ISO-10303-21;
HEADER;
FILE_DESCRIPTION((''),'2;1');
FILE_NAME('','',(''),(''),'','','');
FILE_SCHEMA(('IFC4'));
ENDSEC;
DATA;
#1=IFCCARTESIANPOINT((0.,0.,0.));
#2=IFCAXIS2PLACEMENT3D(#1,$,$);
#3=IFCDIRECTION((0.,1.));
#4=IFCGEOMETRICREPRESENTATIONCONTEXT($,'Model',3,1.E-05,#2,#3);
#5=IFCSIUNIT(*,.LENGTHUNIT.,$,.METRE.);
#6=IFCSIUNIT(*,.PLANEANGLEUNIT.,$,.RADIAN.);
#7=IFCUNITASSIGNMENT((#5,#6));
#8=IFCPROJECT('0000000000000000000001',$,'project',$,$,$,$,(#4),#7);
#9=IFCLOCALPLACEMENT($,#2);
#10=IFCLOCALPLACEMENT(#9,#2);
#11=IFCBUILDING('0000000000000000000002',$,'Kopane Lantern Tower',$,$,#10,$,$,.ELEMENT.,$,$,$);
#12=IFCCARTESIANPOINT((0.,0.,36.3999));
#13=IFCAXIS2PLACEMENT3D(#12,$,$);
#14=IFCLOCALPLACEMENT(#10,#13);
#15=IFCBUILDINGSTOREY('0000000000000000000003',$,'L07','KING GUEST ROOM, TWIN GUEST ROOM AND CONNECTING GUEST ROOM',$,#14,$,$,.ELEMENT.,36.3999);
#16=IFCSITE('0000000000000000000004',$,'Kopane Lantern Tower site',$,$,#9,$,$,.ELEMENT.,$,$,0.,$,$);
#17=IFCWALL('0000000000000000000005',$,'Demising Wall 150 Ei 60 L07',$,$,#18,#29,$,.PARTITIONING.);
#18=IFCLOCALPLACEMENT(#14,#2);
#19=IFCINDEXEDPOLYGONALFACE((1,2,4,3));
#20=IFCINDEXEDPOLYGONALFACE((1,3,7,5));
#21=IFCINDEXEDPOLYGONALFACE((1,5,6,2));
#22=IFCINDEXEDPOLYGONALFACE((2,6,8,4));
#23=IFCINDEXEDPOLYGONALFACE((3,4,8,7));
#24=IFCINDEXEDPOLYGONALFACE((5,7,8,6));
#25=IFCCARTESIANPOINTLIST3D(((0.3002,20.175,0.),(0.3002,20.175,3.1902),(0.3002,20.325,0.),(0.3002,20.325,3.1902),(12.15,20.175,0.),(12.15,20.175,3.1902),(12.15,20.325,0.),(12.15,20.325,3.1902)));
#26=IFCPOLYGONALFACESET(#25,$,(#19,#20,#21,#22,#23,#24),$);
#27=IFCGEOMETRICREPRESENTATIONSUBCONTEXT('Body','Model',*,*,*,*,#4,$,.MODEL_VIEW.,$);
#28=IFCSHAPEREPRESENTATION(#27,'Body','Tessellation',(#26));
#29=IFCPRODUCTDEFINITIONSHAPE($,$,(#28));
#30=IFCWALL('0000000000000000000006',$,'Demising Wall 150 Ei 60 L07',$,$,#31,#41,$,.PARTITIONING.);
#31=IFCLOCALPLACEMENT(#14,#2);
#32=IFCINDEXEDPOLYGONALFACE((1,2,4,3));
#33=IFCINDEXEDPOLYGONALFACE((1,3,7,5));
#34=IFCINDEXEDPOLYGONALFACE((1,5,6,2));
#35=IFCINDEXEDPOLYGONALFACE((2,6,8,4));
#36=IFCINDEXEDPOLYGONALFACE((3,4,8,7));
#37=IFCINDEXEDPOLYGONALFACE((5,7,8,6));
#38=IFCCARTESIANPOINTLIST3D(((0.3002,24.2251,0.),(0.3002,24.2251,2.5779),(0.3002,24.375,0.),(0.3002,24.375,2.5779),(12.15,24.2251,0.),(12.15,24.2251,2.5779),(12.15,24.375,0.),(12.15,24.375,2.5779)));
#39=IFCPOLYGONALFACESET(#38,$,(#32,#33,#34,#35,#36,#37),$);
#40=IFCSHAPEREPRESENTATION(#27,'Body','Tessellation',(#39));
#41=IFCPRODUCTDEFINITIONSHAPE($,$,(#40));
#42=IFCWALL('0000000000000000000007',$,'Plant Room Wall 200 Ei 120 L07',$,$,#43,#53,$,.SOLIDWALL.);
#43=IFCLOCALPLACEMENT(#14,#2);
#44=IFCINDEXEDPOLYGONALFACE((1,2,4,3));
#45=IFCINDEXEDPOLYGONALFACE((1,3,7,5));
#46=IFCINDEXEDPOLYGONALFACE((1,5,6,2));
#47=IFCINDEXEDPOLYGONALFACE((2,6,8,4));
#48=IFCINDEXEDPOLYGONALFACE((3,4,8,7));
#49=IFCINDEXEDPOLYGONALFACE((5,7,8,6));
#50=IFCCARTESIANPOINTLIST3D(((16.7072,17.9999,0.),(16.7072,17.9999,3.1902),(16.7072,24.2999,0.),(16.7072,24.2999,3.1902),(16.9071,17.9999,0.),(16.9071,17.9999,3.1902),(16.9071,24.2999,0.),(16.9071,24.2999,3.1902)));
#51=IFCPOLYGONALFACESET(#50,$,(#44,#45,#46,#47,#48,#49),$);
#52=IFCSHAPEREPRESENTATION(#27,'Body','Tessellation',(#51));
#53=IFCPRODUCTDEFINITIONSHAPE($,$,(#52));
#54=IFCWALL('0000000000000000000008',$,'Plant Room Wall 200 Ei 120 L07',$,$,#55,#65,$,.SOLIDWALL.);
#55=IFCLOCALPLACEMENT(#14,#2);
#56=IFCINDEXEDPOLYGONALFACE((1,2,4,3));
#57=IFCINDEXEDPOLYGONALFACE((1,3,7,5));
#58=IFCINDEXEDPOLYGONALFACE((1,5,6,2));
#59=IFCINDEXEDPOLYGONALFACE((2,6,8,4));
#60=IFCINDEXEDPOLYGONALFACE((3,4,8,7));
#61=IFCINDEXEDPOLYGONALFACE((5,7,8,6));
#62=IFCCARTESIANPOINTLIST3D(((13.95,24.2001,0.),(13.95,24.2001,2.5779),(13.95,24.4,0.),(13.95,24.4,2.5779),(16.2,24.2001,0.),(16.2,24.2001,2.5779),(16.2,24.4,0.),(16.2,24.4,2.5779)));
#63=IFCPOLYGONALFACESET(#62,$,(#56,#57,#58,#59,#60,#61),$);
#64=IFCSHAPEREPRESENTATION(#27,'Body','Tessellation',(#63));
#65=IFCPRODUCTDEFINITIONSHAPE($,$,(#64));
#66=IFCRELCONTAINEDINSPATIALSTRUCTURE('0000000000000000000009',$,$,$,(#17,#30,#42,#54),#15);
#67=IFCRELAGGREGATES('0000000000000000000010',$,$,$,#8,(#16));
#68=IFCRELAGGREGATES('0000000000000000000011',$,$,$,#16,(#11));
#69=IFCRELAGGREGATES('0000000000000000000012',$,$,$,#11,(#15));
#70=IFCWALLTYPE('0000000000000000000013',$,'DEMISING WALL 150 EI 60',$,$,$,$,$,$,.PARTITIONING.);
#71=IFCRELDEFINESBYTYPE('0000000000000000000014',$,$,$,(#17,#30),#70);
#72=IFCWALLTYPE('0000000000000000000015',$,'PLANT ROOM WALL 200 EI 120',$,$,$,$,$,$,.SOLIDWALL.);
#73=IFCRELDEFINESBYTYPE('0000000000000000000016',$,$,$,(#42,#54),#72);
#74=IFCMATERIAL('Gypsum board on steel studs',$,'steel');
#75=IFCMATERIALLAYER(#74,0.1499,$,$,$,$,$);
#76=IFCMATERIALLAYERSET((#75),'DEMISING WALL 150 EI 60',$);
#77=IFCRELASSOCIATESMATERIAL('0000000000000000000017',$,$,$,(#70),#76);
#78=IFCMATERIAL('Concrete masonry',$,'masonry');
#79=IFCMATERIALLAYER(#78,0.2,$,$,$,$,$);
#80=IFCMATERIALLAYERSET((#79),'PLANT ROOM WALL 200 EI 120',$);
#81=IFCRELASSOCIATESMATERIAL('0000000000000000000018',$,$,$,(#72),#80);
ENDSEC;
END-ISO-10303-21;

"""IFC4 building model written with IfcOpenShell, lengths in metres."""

from ifc_helpers import new_model, si_unit, direction, frame, frame_2d, origin, place, context, subcontext, project, spatial, rectangle, extrude, material, layer, layer_set, type_object, element, save


model = new_model("IFC4")

# Units and contexts
model_context = context("Model", 3, precision=1e-05, world=origin(), true_north=direction((0.0, 1.0)))
body_context = subcontext(model_context, "Body", "Model", "MODEL_VIEW")
ifc_project = project(units=[si_unit("LENGTHUNIT", "METRE"), si_unit("PLANEANGLEUNIT", "RADIAN")], contexts=[model_context])

# Site, building, storey
site_placement = place(None, origin())
site = spatial("IfcSite", under=ifc_project, at=site_placement, Name="Kopane Lantern Tower site", CompositionType="ELEMENT", RefElevation=0.0)
building_placement = place(site_placement, origin())
building = spatial("IfcBuilding", under=site, at=building_placement, Name="Kopane Lantern Tower", CompositionType="ELEMENT")
storey_placement = place(building_placement, frame((0.0, 0.0, 36.3999)))
storey = spatial("IfcBuildingStorey", under=building, at=storey_placement, Name="L07", Description="KING GUEST ROOM, TWIN GUEST ROOM AND CONNECTING GUEST ROOM", CompositionType="ELEMENT", Elevation=36.3999)

# Shared definitions
ifc_material_1 = material(Name="Gypsum board on steel studs", Category="steel")
ifc_layer_1 = layer(ifc_material_1, 0.1499)
ifc_layer_set_1 = layer_set([ifc_layer_1], Name="DEMISING WALL 150 EI 60")
wall_type_1 = type_object("IfcWallType", Name="DEMISING WALL 150 EI 60", PredefinedType="PARTITIONING", material=ifc_layer_set_1)

# Walls
wall_1_placement = place(storey_placement, frame((12.1499, 20.25, 0.0), z_axis=(0.0, 0.0, 1.0), x_axis=(-1.0, 0.0, 0.0)))
element("IfcWall", 1, at=wall_1_placement, inside=storey, type_object=wall_type_1, Name="Demising Wall 150 Ei 60 L07", PredefinedType="PARTITIONING", context=body_context, shape_type="SweptSolid", body=[
    extrude(rectangle(XDim=11.8499, YDim=0.1499, at=frame_2d((5.9248, 0.0))), origin(), (0.0, 0.0, 1.0), 3.1902),
])
wall_2_placement = place(storey_placement, frame((12.1499, 24.3, 0.0), z_axis=(0.0, 0.0, 1.0), x_axis=(-1.0, 0.0, 0.0)))
element("IfcWall", 2, at=wall_2_placement, inside=storey, type_object=wall_type_1, Name="Demising Wall 150 Ei 60 L07", PredefinedType="PARTITIONING", context=body_context, shape_type="SweptSolid", body=[
    extrude(rectangle(XDim=11.8499, YDim=0.1499, at=frame_2d((5.9248, 0.0))), origin(), (0.0, 0.0, 1.0), 2.5779),
])
ifc_material_2 = material(Name="Concrete masonry", Category="masonry")
ifc_layer_2 = layer(ifc_material_2, 0.2)
ifc_layer_set_2 = layer_set([ifc_layer_2], Name="PLANT ROOM WALL 200 EI 120")
wall_type_2 = type_object("IfcWallType", Name="PLANT ROOM WALL 200 EI 120", PredefinedType="SOLIDWALL", material=ifc_layer_set_2)
wall_3_placement = place(storey_placement, frame((16.8071, 18.0, 0.0), z_axis=(0.0, 0.0, 1.0), x_axis=(0.0, 1.0, 0.0)))
element("IfcWall", 3, at=wall_3_placement, inside=storey, type_object=wall_type_2, Name="Plant Room Wall 200 Ei 120 L07", PredefinedType="SOLIDWALL", context=body_context, shape_type="SweptSolid", body=[
    extrude(rectangle(XDim=6.3, YDim=0.2, at=frame_2d((3.1499, 0.0))), origin(), (0.0, 0.0, 1.0), 3.1902),
])
wall_4_placement = place(storey_placement, frame((13.95, 24.3, 0.0), z_axis=(0.0, 0.0, 1.0), x_axis=(1.0, 0.0, 0.0)))
element("IfcWall", 4, at=wall_4_placement, inside=storey, type_object=wall_type_2, Name="Plant Room Wall 200 Ei 120 L07", PredefinedType="SOLIDWALL", context=body_context, shape_type="SweptSolid", body=[
    extrude(rectangle(XDim=2.25, YDim=0.2, at=frame_2d((1.125, 0.0))), origin(), (0.0, 0.0, 1.0), 2.5779),
])

save(model, "model.ifc")
